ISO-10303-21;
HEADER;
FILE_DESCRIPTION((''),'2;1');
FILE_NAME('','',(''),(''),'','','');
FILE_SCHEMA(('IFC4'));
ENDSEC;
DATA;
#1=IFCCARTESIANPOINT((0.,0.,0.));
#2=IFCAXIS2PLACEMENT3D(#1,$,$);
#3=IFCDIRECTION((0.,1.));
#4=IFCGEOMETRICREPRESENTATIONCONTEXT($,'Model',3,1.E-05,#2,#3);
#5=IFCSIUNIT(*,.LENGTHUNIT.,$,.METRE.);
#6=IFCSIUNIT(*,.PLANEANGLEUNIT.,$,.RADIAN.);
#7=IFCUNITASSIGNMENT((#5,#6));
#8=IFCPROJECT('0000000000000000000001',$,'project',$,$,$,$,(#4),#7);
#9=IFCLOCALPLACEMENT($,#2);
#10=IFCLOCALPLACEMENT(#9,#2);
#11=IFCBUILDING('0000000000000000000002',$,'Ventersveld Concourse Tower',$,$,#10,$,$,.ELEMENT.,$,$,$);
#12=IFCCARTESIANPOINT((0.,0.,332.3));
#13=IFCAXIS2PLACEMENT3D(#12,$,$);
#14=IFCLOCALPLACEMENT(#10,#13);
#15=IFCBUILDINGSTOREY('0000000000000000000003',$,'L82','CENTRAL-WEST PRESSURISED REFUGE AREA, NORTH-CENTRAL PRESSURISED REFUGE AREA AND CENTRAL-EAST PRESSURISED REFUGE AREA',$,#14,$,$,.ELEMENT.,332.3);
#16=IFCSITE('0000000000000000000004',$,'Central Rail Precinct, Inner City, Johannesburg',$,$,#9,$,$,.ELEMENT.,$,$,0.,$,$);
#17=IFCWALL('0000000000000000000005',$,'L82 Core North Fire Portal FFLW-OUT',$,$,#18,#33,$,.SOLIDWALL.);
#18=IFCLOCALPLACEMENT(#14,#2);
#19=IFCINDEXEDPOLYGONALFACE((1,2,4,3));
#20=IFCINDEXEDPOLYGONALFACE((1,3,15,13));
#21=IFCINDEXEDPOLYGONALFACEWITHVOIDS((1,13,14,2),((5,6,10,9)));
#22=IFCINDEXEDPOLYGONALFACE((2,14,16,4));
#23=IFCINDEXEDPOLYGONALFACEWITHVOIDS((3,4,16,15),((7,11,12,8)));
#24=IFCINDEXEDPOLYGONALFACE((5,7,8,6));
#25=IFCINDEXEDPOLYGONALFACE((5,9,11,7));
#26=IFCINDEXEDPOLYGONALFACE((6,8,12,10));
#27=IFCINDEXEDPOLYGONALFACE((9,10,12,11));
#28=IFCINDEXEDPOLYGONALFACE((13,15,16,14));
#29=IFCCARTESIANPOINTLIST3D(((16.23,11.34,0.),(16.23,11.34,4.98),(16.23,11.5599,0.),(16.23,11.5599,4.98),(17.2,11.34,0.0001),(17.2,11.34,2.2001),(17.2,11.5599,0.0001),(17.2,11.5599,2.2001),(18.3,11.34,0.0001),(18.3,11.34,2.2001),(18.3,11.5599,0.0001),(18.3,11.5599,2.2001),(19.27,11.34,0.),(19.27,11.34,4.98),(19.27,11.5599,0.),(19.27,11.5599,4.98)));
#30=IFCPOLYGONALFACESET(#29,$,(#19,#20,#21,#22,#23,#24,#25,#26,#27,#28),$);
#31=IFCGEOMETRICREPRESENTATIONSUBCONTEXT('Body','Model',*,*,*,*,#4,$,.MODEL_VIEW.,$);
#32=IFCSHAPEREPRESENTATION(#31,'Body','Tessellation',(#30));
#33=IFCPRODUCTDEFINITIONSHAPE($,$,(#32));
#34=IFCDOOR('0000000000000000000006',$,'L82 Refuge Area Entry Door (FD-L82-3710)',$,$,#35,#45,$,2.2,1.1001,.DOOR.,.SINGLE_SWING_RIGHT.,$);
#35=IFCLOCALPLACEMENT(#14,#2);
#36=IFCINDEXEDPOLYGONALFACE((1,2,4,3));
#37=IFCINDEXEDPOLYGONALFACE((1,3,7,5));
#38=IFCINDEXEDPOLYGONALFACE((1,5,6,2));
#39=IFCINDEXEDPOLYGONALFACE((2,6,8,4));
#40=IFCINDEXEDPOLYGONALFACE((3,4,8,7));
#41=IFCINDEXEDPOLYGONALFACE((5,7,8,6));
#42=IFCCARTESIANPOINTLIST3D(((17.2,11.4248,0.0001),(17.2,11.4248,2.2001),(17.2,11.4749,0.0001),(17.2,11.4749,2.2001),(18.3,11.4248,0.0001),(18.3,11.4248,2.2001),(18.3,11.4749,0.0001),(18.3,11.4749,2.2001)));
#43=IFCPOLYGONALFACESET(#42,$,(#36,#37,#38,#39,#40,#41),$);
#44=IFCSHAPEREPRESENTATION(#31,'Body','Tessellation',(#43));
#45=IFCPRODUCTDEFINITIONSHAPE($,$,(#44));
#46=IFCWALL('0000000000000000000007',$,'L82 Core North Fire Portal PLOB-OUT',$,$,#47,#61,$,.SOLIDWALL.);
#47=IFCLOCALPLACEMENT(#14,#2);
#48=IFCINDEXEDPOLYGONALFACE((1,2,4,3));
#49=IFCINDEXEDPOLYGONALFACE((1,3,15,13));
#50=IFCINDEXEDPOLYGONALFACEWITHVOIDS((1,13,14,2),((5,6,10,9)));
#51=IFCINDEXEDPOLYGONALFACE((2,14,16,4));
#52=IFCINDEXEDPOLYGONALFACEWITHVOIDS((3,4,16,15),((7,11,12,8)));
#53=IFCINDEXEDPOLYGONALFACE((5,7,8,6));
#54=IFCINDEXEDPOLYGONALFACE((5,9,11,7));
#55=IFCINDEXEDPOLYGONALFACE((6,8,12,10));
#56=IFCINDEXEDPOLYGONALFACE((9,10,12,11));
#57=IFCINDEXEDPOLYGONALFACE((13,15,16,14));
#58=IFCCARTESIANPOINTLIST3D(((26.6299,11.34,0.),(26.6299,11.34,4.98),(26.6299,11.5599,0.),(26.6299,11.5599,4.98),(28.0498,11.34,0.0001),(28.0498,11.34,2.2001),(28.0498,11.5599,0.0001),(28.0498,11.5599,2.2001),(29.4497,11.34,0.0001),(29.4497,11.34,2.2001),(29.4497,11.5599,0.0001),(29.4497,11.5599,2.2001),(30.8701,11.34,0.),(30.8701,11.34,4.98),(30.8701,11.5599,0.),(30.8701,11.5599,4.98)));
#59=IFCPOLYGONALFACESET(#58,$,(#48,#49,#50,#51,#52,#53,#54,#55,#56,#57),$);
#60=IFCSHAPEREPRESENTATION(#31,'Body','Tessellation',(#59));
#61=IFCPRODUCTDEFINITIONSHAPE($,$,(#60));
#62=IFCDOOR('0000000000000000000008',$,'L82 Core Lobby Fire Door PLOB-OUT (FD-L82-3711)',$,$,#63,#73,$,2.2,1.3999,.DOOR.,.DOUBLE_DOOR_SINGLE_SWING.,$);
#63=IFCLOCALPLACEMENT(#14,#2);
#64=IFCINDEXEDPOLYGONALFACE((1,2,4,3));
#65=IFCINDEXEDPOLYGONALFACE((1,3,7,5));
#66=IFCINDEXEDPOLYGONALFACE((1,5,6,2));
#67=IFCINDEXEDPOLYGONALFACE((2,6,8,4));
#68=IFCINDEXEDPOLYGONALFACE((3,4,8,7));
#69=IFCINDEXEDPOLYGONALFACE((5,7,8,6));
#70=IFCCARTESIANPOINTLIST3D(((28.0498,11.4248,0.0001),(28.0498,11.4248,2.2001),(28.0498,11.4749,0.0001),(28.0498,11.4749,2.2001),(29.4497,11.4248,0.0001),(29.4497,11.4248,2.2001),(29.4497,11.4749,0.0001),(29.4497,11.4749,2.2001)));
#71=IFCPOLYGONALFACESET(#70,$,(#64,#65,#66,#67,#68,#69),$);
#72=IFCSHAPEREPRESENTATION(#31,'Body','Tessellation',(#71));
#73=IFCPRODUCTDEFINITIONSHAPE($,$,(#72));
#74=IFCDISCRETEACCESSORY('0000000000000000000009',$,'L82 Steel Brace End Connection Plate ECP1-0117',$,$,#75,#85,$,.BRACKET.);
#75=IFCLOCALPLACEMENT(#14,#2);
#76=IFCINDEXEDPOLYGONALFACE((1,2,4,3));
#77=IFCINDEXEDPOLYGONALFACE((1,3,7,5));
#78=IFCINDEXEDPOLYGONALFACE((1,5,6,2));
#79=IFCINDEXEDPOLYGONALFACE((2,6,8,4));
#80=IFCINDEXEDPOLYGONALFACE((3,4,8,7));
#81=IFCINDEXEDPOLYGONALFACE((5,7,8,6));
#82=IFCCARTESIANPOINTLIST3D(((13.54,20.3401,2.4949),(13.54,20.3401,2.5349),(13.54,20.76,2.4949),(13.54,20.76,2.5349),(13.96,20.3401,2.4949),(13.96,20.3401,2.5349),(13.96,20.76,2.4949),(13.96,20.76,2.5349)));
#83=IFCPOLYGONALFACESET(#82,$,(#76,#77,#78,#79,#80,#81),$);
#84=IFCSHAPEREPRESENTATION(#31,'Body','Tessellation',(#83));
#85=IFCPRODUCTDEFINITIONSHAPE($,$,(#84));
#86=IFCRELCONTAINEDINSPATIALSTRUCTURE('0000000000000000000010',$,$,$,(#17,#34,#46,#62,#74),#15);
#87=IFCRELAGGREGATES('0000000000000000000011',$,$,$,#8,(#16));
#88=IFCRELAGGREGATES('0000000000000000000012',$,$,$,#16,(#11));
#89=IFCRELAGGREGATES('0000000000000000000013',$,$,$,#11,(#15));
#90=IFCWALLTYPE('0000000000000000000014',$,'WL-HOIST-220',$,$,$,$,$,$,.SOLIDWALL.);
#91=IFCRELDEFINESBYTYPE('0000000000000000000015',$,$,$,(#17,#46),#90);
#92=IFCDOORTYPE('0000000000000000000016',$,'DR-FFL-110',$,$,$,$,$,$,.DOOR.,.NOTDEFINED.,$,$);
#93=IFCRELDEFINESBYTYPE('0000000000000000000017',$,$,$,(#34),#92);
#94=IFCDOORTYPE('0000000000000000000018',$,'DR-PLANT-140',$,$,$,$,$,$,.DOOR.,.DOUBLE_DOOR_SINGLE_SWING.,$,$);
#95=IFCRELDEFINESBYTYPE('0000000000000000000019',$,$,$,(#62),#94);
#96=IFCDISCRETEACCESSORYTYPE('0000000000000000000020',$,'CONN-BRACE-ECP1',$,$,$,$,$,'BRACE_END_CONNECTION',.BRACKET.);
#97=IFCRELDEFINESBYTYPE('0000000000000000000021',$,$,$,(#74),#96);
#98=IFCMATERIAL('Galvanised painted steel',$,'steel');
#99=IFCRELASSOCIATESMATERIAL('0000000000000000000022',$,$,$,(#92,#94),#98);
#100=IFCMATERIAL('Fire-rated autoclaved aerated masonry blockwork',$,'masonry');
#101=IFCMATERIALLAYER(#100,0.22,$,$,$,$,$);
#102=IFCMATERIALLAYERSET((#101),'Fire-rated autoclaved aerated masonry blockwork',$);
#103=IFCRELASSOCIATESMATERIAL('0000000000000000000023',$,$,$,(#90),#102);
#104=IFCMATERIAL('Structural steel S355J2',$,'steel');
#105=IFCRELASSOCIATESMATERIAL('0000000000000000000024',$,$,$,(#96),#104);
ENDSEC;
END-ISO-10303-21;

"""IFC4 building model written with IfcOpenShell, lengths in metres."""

from ifc_helpers import new_model, si_unit, direction, frame, frame_2d, origin, origin_2d, place, context, subcontext, project, spatial, rectangle, extrude, material, layer, layer_set, type_object, element, fill, save


model = new_model("IFC4")

# Units and contexts
model_context = context("Model", 3, precision=1e-05, world=origin(), true_north=direction((0.0, 1.0)))
body_context = subcontext(model_context, "Body", "Model", "MODEL_VIEW")
ifc_project = project(units=[si_unit("LENGTHUNIT", "METRE"), si_unit("PLANEANGLEUNIT", "RADIAN")], contexts=[model_context])

# Site, building, storey
site_placement = place(None, origin())
site = spatial("IfcSite", under=ifc_project, at=site_placement, Name="Central Rail Precinct, Inner City, Johannesburg", CompositionType="ELEMENT", RefElevation=0.0)
building_placement = place(site_placement, origin())
building = spatial("IfcBuilding", under=site, at=building_placement, Name="Ventersveld Concourse Tower", CompositionType="ELEMENT")
storey_placement = place(building_placement, frame((0.0, 0.0, 332.3)))
storey = spatial("IfcBuildingStorey", under=building, at=storey_placement, Name="L82", Description="CENTRAL-WEST PRESSURISED REFUGE AREA, NORTH-CENTRAL PRESSURISED REFUGE AREA AND CENTRAL-EAST PRESSURISED REFUGE AREA", CompositionType="ELEMENT", Elevation=332.3)

# Shared definitions
ifc_material_1 = material(Name="Structural steel S355J2", Category="steel")

# Shared definitions
ifc_material_2 = material(Name="Fire-rated autoclaved aerated masonry blockwork", Category="masonry")
ifc_material_3 = material(Name="Galvanised painted steel", Category="steel")
door_type_1 = type_object("IfcDoorType", Name="DR-FFL-110", OperationType="NOTDEFINED", PredefinedType="DOOR", material=ifc_material_3)

# Walls, openings, doors
ifc_layer_1 = layer(ifc_material_2, 0.22)
ifc_layer_set_1 = layer_set([ifc_layer_1], Name="Fire-rated autoclaved aerated masonry blockwork")
wall_type_1 = type_object("IfcWallType", Name="WL-HOIST-220", PredefinedType="SOLIDWALL", material=ifc_layer_set_1)
wall_1_placement = place(storey_placement, frame((16.23, 11.45, 0.0), z_axis=(0.0, 0.0, 1.0), x_axis=(1.0, 0.0, 0.0)))
wall_1 = element("IfcWall", 1, at=wall_1_placement, inside=storey, type_object=wall_type_1, Name="L82 Core North Fire Portal FFLW-OUT", PredefinedType="SOLIDWALL", context=body_context, shape_type="SweptSolid", body=[
    extrude(rectangle(XDim=3.04, YDim=0.22, at=frame_2d((1.52, 0.0))), origin(), (0.0, 0.0, 1.0), 4.98),
])
opening_1_placement = place(wall_1_placement, frame((0.97, 0.0, 0.0)))
opening_1 = element("IfcOpeningElement", 2, at=opening_1_placement, cuts=wall_1, PredefinedType="OPENING", context=body_context, shape_type="SweptSolid", body=[
    extrude(rectangle(XDim=1.1001, YDim=2.2, at=frame_2d((0.55, 1.1001))), frame((0.0, 0.1201, 0.0), z_axis=(0.0, -1.0, 0.0), x_axis=(1.0, 0.0, 0.0)), (0.0, 0.0, 1.0), 0.24),
])
door_1_placement = place(opening_1_placement, origin())
door_1 = element("IfcDoor", 3, at=door_1_placement, inside=storey, type_object=door_type_1, Name="L82 Refuge Area Entry Door (FD-L82-3710)", OperationType="SINGLE_SWING_RIGHT", OverallHeight=2.2, OverallWidth=1.1001, PredefinedType="DOOR", context=body_context, shape_type="SweptSolid", body=[
    extrude(rectangle(XDim=1.1001, YDim=2.2, at=frame_2d((0.55, 1.1001))), frame((0.0, 0.0249, 0.0), z_axis=(0.0, -1.0, 0.0), x_axis=(1.0, 0.0, 0.0)), (0.0, 0.0, 1.0), 0.05),
])
fill(opening_1, door_1)
wall_2_placement = place(storey_placement, frame((26.6299, 11.45, 0.0), z_axis=(0.0, 0.0, 1.0), x_axis=(1.0, 0.0, 0.0)))
wall_2 = element("IfcWall", 4, at=wall_2_placement, inside=storey, type_object=wall_type_1, Name="L82 Core North Fire Portal PLOB-OUT", PredefinedType="SOLIDWALL", context=body_context, shape_type="SweptSolid", body=[
    extrude(rectangle(XDim=4.2402, YDim=0.22, at=frame_2d((2.1201, 0.0))), origin(), (0.0, 0.0, 1.0), 4.98),
])
opening_2_placement = place(wall_2_placement, frame((1.4199, 0.0, 0.0)))
opening_2 = element("IfcOpeningElement", 5, at=opening_2_placement, cuts=wall_2, PredefinedType="OPENING", context=body_context, shape_type="SweptSolid", body=[
    extrude(rectangle(XDim=1.3999, YDim=2.2, at=frame_2d((0.7, 1.1001))), frame((0.0, 0.1201, 0.0), z_axis=(0.0, -1.0, 0.0), x_axis=(1.0, 0.0, 0.0)), (0.0, 0.0, 1.0), 0.24),
])
door_type_2 = type_object("IfcDoorType", Name="DR-PLANT-140", OperationType="DOUBLE_DOOR_SINGLE_SWING", PredefinedType="DOOR", material=ifc_material_3)
door_2_placement = place(opening_2_placement, origin())
door_2 = element("IfcDoor", 6, at=door_2_placement, inside=storey, type_object=door_type_2, Name="L82 Core Lobby Fire Door PLOB-OUT (FD-L82-3711)", OperationType="DOUBLE_DOOR_SINGLE_SWING", OverallHeight=2.2, OverallWidth=1.3999, PredefinedType="DOOR", context=body_context, shape_type="SweptSolid", body=[
    extrude(rectangle(XDim=1.3999, YDim=2.2, at=frame_2d((0.7, 1.1001))), frame((0.0, 0.0249, 0.0), z_axis=(0.0, -1.0, 0.0), x_axis=(1.0, 0.0, 0.0)), (0.0, 0.0, 1.0), 0.05),
])
fill(opening_2, door_2)

# Discrete accessory
discrete_accessory_type = type_object("IfcDiscreteAccessoryType", Name="CONN-BRACE-ECP1", ElementType="BRACE_END_CONNECTION", PredefinedType="BRACKET", material=ifc_material_1)
discrete_accessory_placement = place(storey_placement, frame((13.75, 20.55, 2.4949), z_axis=(0.0, 0.0, 1.0), x_axis=(1.0, 0.0, 0.0)))
element("IfcDiscreteAccessory", 7, at=discrete_accessory_placement, inside=storey, type_object=discrete_accessory_type, Name="L82 Steel Brace End Connection Plate ECP1-0117", PredefinedType="BRACKET", context=body_context, shape_type="SweptSolid", body=[
    extrude(rectangle(XDim=0.4199, YDim=0.4199, at=origin_2d()), origin(), (0.0, 0.0, 1.0), 0.04),
])

save(model, "model.ifc")
